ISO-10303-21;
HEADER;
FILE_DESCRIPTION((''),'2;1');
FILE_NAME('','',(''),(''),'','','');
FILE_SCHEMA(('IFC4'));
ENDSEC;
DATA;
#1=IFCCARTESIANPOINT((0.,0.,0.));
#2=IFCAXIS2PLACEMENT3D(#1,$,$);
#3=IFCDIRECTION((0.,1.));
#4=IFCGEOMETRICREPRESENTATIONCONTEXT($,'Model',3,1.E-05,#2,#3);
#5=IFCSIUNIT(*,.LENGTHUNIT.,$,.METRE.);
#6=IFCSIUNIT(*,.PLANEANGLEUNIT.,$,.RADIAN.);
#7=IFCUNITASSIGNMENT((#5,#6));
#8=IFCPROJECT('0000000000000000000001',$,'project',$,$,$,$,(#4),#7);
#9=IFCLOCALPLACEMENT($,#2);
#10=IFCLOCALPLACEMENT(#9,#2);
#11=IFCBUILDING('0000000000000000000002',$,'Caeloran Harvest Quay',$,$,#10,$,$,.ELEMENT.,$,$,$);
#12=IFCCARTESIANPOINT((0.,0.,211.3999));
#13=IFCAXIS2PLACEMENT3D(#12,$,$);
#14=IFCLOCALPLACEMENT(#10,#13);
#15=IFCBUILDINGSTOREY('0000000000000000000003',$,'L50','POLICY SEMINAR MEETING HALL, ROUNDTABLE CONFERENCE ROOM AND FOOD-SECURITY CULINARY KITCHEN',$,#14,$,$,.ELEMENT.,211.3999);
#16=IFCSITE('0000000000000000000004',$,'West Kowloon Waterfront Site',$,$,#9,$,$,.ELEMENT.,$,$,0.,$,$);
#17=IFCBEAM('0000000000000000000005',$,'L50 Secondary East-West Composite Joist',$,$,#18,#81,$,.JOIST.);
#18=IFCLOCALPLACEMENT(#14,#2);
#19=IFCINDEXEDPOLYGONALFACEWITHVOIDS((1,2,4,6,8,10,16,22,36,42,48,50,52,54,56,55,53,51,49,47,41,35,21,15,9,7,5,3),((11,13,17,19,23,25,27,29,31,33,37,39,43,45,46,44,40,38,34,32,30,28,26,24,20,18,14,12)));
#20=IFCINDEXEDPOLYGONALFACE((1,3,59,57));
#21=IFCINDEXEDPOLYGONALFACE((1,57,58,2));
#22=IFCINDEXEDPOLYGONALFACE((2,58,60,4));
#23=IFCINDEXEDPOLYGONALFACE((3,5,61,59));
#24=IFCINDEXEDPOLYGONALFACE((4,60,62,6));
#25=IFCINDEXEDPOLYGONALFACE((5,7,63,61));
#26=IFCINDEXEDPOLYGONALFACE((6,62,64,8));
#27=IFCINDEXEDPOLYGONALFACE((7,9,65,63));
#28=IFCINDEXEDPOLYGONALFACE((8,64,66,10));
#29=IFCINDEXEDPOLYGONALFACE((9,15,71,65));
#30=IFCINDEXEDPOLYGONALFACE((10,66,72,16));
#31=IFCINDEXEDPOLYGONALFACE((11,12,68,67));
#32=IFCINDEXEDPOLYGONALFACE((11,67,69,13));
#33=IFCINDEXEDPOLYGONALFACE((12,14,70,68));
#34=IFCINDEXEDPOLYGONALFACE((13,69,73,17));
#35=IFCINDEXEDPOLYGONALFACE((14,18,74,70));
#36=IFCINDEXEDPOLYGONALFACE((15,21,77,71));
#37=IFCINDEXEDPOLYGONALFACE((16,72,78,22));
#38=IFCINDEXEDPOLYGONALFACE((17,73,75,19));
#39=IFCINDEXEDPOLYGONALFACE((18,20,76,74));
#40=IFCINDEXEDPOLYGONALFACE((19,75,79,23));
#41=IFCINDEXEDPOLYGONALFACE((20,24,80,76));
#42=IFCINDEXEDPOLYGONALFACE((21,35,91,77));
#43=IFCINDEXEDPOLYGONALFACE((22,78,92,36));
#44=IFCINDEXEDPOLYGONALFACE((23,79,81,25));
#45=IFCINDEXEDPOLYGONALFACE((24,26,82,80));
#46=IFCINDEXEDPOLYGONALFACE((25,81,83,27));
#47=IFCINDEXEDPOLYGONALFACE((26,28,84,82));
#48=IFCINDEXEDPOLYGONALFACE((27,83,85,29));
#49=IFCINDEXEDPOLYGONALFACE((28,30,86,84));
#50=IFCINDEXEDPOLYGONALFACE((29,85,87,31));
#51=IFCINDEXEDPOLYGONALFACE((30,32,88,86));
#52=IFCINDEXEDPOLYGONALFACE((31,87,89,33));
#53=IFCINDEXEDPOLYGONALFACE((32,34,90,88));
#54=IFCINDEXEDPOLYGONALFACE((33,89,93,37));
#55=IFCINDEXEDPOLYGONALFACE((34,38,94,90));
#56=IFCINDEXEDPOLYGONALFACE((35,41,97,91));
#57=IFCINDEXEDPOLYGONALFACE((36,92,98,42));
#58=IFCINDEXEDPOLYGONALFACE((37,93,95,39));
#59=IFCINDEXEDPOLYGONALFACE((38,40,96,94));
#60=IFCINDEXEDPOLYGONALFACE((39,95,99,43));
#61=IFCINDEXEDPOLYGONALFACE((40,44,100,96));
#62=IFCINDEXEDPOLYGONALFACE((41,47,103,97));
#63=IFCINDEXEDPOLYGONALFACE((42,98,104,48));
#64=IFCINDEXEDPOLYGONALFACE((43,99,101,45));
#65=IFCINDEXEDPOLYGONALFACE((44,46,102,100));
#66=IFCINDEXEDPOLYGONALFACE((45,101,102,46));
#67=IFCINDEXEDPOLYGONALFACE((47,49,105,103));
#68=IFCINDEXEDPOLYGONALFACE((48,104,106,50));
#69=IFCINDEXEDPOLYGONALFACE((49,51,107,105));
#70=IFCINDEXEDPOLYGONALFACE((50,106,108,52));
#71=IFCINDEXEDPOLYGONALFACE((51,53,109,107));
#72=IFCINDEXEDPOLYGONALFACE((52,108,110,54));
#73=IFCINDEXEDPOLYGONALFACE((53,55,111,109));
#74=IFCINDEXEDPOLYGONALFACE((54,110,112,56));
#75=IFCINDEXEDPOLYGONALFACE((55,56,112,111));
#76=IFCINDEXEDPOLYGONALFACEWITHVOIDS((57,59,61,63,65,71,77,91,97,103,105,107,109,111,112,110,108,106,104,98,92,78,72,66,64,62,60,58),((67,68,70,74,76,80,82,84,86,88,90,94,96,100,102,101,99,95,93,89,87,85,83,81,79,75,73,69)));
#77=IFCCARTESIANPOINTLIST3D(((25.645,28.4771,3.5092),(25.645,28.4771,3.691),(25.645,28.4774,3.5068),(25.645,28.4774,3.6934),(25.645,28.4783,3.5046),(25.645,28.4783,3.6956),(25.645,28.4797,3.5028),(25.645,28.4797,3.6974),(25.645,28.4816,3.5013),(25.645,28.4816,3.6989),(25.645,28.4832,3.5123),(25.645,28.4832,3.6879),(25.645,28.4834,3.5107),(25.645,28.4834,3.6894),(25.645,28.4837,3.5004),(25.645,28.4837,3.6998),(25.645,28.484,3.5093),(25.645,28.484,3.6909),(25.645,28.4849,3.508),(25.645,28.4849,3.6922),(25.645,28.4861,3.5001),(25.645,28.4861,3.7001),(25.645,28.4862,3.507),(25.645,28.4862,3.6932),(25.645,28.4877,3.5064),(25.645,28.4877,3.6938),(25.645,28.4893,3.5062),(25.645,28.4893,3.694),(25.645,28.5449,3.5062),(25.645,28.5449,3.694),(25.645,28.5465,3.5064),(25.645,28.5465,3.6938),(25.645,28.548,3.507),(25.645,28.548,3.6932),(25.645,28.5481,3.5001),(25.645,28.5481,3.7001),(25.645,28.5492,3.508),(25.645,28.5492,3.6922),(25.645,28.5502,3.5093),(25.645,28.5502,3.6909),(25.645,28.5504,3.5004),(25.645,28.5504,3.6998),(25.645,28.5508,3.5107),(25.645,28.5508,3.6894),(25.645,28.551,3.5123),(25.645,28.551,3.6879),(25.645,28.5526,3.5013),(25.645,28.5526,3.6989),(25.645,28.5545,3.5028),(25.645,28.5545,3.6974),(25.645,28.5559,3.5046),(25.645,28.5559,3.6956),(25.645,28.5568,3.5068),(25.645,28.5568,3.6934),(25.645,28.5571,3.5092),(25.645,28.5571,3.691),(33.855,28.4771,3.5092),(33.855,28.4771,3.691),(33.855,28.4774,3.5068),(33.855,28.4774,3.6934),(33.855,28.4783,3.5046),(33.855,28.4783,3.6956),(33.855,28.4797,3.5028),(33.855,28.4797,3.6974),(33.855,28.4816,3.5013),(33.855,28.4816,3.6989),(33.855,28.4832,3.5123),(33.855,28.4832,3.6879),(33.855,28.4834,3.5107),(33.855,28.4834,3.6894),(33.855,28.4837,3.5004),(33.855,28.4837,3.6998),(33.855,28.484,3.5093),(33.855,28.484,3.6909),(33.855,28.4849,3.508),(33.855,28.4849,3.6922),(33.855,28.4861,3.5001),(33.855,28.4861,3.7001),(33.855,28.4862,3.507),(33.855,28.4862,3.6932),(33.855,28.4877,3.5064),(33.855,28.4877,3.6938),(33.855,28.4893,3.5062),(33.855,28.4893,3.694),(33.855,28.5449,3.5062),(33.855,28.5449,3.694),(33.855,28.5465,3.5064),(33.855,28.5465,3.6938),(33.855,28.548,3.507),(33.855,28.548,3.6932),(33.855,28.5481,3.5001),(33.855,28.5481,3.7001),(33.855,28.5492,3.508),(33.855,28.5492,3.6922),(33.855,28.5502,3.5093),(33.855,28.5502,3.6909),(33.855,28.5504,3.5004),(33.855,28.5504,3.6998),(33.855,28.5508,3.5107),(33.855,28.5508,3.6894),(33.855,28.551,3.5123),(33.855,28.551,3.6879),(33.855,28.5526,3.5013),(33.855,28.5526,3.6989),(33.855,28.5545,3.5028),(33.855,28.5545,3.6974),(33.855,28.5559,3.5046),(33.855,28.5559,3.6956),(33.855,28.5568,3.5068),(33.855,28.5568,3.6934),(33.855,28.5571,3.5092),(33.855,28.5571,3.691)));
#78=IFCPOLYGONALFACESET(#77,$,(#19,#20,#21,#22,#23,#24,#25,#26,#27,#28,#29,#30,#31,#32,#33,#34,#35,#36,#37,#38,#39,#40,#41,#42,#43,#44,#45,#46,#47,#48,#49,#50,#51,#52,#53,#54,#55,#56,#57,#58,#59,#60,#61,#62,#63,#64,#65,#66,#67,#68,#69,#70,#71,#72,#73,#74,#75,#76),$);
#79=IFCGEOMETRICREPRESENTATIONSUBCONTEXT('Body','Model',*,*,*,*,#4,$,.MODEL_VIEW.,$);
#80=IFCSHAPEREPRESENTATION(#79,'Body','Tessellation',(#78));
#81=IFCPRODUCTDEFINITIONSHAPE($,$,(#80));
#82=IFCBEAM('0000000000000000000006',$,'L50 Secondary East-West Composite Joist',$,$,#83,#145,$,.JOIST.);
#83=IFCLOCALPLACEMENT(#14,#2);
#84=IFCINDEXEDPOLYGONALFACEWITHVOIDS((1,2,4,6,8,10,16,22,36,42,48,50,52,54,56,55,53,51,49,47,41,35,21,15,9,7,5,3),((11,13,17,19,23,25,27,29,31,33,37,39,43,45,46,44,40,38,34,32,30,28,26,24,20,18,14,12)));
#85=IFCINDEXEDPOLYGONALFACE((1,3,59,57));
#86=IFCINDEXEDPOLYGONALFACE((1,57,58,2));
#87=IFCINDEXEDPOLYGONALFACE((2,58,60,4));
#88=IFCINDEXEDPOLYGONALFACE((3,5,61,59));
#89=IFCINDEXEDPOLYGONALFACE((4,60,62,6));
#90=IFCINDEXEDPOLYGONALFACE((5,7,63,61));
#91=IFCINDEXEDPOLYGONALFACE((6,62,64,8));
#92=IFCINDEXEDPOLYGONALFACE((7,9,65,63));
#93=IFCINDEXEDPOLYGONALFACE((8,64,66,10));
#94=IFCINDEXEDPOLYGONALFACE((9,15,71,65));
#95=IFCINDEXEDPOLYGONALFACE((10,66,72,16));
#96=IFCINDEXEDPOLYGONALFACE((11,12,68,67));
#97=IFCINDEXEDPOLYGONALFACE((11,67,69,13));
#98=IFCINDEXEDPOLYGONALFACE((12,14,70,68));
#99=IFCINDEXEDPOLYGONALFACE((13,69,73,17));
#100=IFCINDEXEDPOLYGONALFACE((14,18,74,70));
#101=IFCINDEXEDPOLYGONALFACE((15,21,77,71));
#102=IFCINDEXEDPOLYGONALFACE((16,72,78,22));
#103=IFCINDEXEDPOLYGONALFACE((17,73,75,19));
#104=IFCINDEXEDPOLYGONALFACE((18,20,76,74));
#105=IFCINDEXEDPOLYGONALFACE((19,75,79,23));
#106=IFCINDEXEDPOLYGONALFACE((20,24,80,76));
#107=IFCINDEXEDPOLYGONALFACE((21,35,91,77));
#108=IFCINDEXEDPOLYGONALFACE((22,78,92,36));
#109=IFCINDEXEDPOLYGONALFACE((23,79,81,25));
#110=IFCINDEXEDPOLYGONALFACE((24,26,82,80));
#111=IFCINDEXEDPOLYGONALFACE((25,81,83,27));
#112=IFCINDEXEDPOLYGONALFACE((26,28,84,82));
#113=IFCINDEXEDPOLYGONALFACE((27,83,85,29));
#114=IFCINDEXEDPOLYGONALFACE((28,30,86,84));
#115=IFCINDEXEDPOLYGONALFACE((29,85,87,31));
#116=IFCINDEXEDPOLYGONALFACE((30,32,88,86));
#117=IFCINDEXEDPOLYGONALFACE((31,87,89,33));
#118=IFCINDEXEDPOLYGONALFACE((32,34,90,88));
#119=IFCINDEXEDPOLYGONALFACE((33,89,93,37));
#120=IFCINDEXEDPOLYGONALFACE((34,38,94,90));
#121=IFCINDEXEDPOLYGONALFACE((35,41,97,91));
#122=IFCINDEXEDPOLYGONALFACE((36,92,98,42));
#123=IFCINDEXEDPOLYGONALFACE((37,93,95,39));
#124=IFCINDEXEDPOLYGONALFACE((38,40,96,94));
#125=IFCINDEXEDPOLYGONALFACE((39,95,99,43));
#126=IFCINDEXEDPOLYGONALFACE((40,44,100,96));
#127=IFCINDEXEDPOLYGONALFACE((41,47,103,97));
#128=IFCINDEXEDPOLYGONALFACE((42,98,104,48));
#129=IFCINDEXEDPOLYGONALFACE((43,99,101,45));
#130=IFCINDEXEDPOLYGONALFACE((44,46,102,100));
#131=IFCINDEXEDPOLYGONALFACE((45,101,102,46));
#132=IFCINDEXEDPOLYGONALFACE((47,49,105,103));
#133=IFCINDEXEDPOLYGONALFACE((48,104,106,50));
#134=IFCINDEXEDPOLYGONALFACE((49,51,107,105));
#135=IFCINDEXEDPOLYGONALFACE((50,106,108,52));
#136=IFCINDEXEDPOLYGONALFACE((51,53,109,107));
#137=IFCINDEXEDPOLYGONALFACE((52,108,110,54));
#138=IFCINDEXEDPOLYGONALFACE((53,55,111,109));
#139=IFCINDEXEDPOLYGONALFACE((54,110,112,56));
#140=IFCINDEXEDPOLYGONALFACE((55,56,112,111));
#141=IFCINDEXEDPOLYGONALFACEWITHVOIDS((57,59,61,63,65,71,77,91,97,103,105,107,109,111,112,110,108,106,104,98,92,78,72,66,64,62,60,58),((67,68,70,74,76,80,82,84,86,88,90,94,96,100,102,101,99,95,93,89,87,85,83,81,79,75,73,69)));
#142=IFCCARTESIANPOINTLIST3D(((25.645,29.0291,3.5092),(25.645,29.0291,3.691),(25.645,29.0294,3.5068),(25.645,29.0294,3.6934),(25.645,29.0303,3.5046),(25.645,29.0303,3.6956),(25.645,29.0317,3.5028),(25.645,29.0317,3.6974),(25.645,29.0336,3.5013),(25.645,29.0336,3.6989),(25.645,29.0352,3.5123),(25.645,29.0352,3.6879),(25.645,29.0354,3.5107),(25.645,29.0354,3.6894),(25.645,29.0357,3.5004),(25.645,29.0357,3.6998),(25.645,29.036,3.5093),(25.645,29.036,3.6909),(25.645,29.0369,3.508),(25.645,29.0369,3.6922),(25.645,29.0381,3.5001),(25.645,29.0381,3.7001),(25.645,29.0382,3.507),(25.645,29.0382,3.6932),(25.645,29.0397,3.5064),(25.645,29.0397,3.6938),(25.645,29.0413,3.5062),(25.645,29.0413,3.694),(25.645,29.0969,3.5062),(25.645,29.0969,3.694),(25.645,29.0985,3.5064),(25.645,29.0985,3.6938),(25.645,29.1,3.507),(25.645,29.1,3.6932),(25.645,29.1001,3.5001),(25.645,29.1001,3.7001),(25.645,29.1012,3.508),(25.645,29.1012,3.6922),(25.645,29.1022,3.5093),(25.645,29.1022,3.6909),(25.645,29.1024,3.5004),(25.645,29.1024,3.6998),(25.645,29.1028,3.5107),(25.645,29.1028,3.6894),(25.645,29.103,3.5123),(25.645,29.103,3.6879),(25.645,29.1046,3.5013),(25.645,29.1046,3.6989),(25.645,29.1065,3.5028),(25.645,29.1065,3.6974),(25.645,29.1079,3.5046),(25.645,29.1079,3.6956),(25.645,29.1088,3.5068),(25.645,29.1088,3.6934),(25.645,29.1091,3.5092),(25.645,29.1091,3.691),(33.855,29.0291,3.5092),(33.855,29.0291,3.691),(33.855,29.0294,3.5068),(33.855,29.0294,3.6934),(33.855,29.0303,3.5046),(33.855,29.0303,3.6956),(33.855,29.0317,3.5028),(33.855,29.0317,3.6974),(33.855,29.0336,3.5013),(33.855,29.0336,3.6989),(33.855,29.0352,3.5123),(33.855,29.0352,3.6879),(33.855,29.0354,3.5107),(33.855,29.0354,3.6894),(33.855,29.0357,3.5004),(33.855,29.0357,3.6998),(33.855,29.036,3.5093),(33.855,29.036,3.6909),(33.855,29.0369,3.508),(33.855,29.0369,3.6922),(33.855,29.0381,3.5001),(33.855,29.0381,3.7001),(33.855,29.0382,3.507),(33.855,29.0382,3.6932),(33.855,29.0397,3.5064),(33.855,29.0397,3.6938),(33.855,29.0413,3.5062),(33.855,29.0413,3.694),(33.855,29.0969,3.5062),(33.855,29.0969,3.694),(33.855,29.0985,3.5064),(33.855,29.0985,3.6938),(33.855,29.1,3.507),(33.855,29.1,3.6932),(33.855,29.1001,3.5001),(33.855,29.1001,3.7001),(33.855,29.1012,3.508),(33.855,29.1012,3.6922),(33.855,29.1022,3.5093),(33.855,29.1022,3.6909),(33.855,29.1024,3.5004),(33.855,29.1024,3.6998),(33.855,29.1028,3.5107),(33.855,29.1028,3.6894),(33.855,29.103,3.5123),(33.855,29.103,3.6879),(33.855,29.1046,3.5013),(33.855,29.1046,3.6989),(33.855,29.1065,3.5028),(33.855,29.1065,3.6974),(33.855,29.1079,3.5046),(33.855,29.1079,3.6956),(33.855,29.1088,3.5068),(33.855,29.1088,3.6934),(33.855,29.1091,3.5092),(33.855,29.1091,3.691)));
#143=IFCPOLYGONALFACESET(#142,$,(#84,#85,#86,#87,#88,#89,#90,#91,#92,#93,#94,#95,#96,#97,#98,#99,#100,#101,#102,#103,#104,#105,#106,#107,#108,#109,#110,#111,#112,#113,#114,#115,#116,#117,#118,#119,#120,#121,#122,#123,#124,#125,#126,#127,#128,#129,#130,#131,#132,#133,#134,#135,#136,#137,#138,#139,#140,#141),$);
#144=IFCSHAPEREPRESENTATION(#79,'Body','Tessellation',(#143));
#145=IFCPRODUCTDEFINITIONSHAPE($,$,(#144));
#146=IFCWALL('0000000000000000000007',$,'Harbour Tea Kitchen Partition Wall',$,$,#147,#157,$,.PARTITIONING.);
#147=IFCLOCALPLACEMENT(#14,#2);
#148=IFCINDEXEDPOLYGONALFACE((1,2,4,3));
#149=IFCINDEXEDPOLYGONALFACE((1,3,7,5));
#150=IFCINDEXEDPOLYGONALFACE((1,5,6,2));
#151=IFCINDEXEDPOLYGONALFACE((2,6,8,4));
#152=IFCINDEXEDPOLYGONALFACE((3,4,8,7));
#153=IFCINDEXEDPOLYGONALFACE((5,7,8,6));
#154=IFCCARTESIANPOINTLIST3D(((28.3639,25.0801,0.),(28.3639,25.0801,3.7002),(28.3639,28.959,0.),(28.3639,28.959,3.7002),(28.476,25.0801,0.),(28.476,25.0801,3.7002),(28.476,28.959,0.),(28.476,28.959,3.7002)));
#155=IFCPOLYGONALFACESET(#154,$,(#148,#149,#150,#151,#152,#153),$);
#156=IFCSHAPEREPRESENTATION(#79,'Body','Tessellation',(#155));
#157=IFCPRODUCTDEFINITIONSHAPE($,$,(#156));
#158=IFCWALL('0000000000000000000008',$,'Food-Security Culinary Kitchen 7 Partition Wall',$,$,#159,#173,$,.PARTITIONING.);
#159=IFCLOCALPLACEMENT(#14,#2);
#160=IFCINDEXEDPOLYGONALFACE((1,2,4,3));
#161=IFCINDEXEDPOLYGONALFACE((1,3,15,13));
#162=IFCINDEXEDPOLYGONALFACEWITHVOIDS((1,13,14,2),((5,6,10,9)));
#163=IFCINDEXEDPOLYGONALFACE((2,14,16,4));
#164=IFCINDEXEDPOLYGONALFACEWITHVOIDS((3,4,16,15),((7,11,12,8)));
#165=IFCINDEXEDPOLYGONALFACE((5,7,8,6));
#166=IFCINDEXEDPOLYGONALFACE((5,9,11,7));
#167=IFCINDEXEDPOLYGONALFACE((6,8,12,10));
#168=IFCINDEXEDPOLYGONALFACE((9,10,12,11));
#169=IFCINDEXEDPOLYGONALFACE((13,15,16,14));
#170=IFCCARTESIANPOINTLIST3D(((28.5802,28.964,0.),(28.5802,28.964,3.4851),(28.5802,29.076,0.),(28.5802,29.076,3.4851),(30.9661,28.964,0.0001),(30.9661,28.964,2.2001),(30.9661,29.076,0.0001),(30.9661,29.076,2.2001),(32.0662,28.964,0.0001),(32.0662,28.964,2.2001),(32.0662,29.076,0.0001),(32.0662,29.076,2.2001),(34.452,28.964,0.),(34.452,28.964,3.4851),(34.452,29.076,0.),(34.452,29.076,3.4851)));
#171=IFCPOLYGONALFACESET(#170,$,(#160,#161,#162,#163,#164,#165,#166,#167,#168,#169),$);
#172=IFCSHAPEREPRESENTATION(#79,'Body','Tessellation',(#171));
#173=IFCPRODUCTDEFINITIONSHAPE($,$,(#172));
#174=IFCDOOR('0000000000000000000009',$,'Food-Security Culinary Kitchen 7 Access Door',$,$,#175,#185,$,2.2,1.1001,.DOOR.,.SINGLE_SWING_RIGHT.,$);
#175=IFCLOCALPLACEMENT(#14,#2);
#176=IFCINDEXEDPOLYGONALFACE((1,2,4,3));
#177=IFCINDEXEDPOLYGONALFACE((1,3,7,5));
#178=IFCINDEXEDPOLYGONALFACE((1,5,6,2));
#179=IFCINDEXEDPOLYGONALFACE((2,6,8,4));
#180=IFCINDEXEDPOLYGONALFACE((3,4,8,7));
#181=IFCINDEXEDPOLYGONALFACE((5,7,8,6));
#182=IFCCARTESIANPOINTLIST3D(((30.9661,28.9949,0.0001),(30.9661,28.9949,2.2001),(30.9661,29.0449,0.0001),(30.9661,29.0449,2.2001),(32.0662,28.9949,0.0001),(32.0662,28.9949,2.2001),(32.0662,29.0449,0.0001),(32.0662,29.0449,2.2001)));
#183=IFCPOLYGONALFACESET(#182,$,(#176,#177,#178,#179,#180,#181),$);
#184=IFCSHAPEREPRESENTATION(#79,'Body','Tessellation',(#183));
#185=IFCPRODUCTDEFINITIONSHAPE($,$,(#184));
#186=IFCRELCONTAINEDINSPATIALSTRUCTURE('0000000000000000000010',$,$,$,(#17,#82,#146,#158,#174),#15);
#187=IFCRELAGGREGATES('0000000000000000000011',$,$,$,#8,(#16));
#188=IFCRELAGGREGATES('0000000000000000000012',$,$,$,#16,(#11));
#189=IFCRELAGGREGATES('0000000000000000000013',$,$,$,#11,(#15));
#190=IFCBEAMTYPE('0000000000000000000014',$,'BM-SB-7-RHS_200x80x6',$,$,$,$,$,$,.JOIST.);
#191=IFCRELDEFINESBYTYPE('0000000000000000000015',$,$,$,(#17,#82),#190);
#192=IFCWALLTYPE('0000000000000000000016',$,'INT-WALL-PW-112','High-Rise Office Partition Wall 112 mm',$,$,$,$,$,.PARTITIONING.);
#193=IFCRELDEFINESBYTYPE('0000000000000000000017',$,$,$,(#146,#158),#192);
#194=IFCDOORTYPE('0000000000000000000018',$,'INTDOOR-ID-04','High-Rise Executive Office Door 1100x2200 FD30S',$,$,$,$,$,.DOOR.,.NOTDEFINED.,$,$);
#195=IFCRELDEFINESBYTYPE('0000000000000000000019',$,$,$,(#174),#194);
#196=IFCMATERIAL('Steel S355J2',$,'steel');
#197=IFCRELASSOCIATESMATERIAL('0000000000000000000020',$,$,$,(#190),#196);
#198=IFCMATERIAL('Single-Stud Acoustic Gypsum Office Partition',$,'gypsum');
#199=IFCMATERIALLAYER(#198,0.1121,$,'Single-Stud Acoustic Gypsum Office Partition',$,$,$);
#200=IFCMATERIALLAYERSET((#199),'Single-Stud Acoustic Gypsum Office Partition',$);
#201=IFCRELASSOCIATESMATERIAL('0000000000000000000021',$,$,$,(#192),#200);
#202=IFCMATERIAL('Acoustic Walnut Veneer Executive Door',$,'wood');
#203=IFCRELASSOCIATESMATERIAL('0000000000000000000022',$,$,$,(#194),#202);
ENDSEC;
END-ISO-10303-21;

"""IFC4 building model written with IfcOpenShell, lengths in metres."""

from ifc_helpers import new_model, si_unit, direction, frame, frame_2d, origin, origin_2d, place, context, subcontext, project, spatial, rectangle, hollow_rectangle, extrude, material, layer, layer_set, material_profile, profile_set, type_object, element, fill, save


model = new_model("IFC4")

# Units and contexts
model_context = context("Model", 3, precision=1e-05, world=origin(), true_north=direction((0.0, 1.0)))
body_context = subcontext(model_context, "Body", "Model", "MODEL_VIEW")
ifc_project = project(units=[si_unit("LENGTHUNIT", "METRE"), si_unit("PLANEANGLEUNIT", "RADIAN")], contexts=[model_context])

# Site, building, storey
site_placement = place(None, origin())
site = spatial("IfcSite", under=ifc_project, at=site_placement, Name="West Kowloon Waterfront Site", CompositionType="ELEMENT", RefElevation=0.0)
building_placement = place(site_placement, origin())
building = spatial("IfcBuilding", under=site, at=building_placement, Name="Caeloran Harvest Quay", CompositionType="ELEMENT")
storey_placement = place(building_placement, frame((0.0, 0.0, 211.3999)))
storey = spatial("IfcBuildingStorey", under=building, at=storey_placement, Name="L50", Description="POLICY SEMINAR MEETING HALL, ROUNDTABLE CONFERENCE ROOM AND FOOD-SECURITY CULINARY KITCHEN", CompositionType="ELEMENT", Elevation=211.3999)

# Beams
ifc_material_1 = material(Name="Steel S355J2", Category="steel")
ifc_material_profile_1 = material_profile(ifc_material_1, hollow_rectangle(XDim=0.0801, YDim=0.2, WallThickness=0.0061, InnerFilletRadius=0.0061, OuterFilletRadius=0.009, at=origin_2d()), Name="RHS 200x80x6")
ifc_profile_set_1 = profile_set([ifc_material_profile_1], Name="Steel S355J2")
beam_type_1 = type_object("IfcBeamType", Name="BM-SB-7-RHS_200x80x6", PredefinedType="JOIST", material=ifc_profile_set_1)
for number, where, z_axis, x_axis, name in (
    (1, (25.645, 28.5171, 3.6001), (1.0, 0.0, 0.0), (0.0, 1.0, 0.0), "L50 Secondary East-West Composite Joist"),
    (2, (25.645, 29.0691, 3.6001), (1.0, 0.0, 0.0), (0.0, 1.0, 0.0), "L50 Secondary East-West Composite Joist"),
):
    element("IfcBeam", number, at=place(storey_placement, frame(where, z_axis=z_axis, x_axis=x_axis)), inside=storey, type_object=beam_type_1, Name=name, PredefinedType="JOIST", context=body_context, shape_type="SweptSolid", body=[
        extrude(hollow_rectangle(XDim=0.0801, YDim=0.2, WallThickness=0.0061, InnerFilletRadius=0.0061, OuterFilletRadius=0.009, at=origin_2d()), origin(), (0.0, 0.0, 1.0), 8.21),
    ])

# Wall
ifc_material_2 = material(Name="Single-Stud Acoustic Gypsum Office Partition", Category="gypsum")
ifc_layer = layer(ifc_material_2, 0.1121, Name="Single-Stud Acoustic Gypsum Office Partition")
ifc_layer_set = layer_set([ifc_layer], Name="Single-Stud Acoustic Gypsum Office Partition")
wall_type = type_object("IfcWallType", Name="INT-WALL-PW-112", Description="High-Rise Office Partition Wall 112 mm", PredefinedType="PARTITIONING", material=ifc_layer_set)
wall_1_placement = place(storey_placement, frame((28.4199, 28.959, 0.0), z_axis=(0.0, 0.0, 1.0), x_axis=(0.0, -1.0, 0.0)))
element("IfcWall", 3, at=wall_1_placement, inside=storey, type_object=wall_type, Name="Harbour Tea Kitchen Partition Wall", PredefinedType="PARTITIONING", context=body_context, shape_type="SweptSolid", body=[
    extrude(rectangle(XDim=3.8789, YDim=0.1121, at=frame_2d((1.9395, 0.0))), origin(), (0.0, 0.0, 1.0), 3.7002),
])

# Wall, opening, door
wall_2_placement = place(storey_placement, frame((28.5801, 29.02, 0.0), z_axis=(0.0, 0.0, 1.0), x_axis=(1.0, 0.0, 0.0)))
wall_2 = element("IfcWall", 4, at=wall_2_placement, inside=storey, type_object=wall_type, Name="Food-Security Culinary Kitchen 7 Partition Wall", PredefinedType="PARTITIONING", context=body_context, shape_type="SweptSolid", body=[
    extrude(rectangle(XDim=5.8718, YDim=0.1121, at=frame_2d((2.936, 0.0))), origin(), (0.0, 0.0, 1.0), 3.4851),
])
opening_placement = place(wall_2_placement, frame((2.386, 0.0, 0.0)))
opening = element("IfcOpeningElement", 5, at=opening_placement, cuts=wall_2, PredefinedType="OPENING", context=body_context, shape_type="SweptSolid", body=[
    extrude(rectangle(XDim=1.1001, YDim=2.2, at=frame_2d((0.55, 1.1001))), frame((0.0, 0.0659, 0.0), z_axis=(0.0, -1.0, 0.0), x_axis=(1.0, 0.0, 0.0)), (0.0, 0.0, 1.0), 0.1321),
])
ifc_material_3 = material(Name="Acoustic Walnut Veneer Executive Door", Category="wood")
door_type = type_object("IfcDoorType", Name="INTDOOR-ID-04", Description="High-Rise Executive Office Door 1100x2200 FD30S", OperationType="NOTDEFINED", PredefinedType="DOOR", material=ifc_material_3)
door_placement = place(opening_placement, origin())
door = element("IfcDoor", 6, at=door_placement, inside=storey, type_object=door_type, Name="Food-Security Culinary Kitchen 7 Access Door", OperationType="SINGLE_SWING_RIGHT", OverallHeight=2.2, OverallWidth=1.1001, PredefinedType="DOOR", context=body_context, shape_type="SweptSolid", body=[
    extrude(rectangle(XDim=1.1001, YDim=2.2, at=frame_2d((0.55, 1.1001))), frame((0.0, 0.0249, 0.0), z_axis=(0.0, -1.0, 0.0), x_axis=(1.0, 0.0, 0.0)), (0.0, 0.0, 1.0), 0.05),
])
fill(opening, door)

save(model, "model.ifc")
